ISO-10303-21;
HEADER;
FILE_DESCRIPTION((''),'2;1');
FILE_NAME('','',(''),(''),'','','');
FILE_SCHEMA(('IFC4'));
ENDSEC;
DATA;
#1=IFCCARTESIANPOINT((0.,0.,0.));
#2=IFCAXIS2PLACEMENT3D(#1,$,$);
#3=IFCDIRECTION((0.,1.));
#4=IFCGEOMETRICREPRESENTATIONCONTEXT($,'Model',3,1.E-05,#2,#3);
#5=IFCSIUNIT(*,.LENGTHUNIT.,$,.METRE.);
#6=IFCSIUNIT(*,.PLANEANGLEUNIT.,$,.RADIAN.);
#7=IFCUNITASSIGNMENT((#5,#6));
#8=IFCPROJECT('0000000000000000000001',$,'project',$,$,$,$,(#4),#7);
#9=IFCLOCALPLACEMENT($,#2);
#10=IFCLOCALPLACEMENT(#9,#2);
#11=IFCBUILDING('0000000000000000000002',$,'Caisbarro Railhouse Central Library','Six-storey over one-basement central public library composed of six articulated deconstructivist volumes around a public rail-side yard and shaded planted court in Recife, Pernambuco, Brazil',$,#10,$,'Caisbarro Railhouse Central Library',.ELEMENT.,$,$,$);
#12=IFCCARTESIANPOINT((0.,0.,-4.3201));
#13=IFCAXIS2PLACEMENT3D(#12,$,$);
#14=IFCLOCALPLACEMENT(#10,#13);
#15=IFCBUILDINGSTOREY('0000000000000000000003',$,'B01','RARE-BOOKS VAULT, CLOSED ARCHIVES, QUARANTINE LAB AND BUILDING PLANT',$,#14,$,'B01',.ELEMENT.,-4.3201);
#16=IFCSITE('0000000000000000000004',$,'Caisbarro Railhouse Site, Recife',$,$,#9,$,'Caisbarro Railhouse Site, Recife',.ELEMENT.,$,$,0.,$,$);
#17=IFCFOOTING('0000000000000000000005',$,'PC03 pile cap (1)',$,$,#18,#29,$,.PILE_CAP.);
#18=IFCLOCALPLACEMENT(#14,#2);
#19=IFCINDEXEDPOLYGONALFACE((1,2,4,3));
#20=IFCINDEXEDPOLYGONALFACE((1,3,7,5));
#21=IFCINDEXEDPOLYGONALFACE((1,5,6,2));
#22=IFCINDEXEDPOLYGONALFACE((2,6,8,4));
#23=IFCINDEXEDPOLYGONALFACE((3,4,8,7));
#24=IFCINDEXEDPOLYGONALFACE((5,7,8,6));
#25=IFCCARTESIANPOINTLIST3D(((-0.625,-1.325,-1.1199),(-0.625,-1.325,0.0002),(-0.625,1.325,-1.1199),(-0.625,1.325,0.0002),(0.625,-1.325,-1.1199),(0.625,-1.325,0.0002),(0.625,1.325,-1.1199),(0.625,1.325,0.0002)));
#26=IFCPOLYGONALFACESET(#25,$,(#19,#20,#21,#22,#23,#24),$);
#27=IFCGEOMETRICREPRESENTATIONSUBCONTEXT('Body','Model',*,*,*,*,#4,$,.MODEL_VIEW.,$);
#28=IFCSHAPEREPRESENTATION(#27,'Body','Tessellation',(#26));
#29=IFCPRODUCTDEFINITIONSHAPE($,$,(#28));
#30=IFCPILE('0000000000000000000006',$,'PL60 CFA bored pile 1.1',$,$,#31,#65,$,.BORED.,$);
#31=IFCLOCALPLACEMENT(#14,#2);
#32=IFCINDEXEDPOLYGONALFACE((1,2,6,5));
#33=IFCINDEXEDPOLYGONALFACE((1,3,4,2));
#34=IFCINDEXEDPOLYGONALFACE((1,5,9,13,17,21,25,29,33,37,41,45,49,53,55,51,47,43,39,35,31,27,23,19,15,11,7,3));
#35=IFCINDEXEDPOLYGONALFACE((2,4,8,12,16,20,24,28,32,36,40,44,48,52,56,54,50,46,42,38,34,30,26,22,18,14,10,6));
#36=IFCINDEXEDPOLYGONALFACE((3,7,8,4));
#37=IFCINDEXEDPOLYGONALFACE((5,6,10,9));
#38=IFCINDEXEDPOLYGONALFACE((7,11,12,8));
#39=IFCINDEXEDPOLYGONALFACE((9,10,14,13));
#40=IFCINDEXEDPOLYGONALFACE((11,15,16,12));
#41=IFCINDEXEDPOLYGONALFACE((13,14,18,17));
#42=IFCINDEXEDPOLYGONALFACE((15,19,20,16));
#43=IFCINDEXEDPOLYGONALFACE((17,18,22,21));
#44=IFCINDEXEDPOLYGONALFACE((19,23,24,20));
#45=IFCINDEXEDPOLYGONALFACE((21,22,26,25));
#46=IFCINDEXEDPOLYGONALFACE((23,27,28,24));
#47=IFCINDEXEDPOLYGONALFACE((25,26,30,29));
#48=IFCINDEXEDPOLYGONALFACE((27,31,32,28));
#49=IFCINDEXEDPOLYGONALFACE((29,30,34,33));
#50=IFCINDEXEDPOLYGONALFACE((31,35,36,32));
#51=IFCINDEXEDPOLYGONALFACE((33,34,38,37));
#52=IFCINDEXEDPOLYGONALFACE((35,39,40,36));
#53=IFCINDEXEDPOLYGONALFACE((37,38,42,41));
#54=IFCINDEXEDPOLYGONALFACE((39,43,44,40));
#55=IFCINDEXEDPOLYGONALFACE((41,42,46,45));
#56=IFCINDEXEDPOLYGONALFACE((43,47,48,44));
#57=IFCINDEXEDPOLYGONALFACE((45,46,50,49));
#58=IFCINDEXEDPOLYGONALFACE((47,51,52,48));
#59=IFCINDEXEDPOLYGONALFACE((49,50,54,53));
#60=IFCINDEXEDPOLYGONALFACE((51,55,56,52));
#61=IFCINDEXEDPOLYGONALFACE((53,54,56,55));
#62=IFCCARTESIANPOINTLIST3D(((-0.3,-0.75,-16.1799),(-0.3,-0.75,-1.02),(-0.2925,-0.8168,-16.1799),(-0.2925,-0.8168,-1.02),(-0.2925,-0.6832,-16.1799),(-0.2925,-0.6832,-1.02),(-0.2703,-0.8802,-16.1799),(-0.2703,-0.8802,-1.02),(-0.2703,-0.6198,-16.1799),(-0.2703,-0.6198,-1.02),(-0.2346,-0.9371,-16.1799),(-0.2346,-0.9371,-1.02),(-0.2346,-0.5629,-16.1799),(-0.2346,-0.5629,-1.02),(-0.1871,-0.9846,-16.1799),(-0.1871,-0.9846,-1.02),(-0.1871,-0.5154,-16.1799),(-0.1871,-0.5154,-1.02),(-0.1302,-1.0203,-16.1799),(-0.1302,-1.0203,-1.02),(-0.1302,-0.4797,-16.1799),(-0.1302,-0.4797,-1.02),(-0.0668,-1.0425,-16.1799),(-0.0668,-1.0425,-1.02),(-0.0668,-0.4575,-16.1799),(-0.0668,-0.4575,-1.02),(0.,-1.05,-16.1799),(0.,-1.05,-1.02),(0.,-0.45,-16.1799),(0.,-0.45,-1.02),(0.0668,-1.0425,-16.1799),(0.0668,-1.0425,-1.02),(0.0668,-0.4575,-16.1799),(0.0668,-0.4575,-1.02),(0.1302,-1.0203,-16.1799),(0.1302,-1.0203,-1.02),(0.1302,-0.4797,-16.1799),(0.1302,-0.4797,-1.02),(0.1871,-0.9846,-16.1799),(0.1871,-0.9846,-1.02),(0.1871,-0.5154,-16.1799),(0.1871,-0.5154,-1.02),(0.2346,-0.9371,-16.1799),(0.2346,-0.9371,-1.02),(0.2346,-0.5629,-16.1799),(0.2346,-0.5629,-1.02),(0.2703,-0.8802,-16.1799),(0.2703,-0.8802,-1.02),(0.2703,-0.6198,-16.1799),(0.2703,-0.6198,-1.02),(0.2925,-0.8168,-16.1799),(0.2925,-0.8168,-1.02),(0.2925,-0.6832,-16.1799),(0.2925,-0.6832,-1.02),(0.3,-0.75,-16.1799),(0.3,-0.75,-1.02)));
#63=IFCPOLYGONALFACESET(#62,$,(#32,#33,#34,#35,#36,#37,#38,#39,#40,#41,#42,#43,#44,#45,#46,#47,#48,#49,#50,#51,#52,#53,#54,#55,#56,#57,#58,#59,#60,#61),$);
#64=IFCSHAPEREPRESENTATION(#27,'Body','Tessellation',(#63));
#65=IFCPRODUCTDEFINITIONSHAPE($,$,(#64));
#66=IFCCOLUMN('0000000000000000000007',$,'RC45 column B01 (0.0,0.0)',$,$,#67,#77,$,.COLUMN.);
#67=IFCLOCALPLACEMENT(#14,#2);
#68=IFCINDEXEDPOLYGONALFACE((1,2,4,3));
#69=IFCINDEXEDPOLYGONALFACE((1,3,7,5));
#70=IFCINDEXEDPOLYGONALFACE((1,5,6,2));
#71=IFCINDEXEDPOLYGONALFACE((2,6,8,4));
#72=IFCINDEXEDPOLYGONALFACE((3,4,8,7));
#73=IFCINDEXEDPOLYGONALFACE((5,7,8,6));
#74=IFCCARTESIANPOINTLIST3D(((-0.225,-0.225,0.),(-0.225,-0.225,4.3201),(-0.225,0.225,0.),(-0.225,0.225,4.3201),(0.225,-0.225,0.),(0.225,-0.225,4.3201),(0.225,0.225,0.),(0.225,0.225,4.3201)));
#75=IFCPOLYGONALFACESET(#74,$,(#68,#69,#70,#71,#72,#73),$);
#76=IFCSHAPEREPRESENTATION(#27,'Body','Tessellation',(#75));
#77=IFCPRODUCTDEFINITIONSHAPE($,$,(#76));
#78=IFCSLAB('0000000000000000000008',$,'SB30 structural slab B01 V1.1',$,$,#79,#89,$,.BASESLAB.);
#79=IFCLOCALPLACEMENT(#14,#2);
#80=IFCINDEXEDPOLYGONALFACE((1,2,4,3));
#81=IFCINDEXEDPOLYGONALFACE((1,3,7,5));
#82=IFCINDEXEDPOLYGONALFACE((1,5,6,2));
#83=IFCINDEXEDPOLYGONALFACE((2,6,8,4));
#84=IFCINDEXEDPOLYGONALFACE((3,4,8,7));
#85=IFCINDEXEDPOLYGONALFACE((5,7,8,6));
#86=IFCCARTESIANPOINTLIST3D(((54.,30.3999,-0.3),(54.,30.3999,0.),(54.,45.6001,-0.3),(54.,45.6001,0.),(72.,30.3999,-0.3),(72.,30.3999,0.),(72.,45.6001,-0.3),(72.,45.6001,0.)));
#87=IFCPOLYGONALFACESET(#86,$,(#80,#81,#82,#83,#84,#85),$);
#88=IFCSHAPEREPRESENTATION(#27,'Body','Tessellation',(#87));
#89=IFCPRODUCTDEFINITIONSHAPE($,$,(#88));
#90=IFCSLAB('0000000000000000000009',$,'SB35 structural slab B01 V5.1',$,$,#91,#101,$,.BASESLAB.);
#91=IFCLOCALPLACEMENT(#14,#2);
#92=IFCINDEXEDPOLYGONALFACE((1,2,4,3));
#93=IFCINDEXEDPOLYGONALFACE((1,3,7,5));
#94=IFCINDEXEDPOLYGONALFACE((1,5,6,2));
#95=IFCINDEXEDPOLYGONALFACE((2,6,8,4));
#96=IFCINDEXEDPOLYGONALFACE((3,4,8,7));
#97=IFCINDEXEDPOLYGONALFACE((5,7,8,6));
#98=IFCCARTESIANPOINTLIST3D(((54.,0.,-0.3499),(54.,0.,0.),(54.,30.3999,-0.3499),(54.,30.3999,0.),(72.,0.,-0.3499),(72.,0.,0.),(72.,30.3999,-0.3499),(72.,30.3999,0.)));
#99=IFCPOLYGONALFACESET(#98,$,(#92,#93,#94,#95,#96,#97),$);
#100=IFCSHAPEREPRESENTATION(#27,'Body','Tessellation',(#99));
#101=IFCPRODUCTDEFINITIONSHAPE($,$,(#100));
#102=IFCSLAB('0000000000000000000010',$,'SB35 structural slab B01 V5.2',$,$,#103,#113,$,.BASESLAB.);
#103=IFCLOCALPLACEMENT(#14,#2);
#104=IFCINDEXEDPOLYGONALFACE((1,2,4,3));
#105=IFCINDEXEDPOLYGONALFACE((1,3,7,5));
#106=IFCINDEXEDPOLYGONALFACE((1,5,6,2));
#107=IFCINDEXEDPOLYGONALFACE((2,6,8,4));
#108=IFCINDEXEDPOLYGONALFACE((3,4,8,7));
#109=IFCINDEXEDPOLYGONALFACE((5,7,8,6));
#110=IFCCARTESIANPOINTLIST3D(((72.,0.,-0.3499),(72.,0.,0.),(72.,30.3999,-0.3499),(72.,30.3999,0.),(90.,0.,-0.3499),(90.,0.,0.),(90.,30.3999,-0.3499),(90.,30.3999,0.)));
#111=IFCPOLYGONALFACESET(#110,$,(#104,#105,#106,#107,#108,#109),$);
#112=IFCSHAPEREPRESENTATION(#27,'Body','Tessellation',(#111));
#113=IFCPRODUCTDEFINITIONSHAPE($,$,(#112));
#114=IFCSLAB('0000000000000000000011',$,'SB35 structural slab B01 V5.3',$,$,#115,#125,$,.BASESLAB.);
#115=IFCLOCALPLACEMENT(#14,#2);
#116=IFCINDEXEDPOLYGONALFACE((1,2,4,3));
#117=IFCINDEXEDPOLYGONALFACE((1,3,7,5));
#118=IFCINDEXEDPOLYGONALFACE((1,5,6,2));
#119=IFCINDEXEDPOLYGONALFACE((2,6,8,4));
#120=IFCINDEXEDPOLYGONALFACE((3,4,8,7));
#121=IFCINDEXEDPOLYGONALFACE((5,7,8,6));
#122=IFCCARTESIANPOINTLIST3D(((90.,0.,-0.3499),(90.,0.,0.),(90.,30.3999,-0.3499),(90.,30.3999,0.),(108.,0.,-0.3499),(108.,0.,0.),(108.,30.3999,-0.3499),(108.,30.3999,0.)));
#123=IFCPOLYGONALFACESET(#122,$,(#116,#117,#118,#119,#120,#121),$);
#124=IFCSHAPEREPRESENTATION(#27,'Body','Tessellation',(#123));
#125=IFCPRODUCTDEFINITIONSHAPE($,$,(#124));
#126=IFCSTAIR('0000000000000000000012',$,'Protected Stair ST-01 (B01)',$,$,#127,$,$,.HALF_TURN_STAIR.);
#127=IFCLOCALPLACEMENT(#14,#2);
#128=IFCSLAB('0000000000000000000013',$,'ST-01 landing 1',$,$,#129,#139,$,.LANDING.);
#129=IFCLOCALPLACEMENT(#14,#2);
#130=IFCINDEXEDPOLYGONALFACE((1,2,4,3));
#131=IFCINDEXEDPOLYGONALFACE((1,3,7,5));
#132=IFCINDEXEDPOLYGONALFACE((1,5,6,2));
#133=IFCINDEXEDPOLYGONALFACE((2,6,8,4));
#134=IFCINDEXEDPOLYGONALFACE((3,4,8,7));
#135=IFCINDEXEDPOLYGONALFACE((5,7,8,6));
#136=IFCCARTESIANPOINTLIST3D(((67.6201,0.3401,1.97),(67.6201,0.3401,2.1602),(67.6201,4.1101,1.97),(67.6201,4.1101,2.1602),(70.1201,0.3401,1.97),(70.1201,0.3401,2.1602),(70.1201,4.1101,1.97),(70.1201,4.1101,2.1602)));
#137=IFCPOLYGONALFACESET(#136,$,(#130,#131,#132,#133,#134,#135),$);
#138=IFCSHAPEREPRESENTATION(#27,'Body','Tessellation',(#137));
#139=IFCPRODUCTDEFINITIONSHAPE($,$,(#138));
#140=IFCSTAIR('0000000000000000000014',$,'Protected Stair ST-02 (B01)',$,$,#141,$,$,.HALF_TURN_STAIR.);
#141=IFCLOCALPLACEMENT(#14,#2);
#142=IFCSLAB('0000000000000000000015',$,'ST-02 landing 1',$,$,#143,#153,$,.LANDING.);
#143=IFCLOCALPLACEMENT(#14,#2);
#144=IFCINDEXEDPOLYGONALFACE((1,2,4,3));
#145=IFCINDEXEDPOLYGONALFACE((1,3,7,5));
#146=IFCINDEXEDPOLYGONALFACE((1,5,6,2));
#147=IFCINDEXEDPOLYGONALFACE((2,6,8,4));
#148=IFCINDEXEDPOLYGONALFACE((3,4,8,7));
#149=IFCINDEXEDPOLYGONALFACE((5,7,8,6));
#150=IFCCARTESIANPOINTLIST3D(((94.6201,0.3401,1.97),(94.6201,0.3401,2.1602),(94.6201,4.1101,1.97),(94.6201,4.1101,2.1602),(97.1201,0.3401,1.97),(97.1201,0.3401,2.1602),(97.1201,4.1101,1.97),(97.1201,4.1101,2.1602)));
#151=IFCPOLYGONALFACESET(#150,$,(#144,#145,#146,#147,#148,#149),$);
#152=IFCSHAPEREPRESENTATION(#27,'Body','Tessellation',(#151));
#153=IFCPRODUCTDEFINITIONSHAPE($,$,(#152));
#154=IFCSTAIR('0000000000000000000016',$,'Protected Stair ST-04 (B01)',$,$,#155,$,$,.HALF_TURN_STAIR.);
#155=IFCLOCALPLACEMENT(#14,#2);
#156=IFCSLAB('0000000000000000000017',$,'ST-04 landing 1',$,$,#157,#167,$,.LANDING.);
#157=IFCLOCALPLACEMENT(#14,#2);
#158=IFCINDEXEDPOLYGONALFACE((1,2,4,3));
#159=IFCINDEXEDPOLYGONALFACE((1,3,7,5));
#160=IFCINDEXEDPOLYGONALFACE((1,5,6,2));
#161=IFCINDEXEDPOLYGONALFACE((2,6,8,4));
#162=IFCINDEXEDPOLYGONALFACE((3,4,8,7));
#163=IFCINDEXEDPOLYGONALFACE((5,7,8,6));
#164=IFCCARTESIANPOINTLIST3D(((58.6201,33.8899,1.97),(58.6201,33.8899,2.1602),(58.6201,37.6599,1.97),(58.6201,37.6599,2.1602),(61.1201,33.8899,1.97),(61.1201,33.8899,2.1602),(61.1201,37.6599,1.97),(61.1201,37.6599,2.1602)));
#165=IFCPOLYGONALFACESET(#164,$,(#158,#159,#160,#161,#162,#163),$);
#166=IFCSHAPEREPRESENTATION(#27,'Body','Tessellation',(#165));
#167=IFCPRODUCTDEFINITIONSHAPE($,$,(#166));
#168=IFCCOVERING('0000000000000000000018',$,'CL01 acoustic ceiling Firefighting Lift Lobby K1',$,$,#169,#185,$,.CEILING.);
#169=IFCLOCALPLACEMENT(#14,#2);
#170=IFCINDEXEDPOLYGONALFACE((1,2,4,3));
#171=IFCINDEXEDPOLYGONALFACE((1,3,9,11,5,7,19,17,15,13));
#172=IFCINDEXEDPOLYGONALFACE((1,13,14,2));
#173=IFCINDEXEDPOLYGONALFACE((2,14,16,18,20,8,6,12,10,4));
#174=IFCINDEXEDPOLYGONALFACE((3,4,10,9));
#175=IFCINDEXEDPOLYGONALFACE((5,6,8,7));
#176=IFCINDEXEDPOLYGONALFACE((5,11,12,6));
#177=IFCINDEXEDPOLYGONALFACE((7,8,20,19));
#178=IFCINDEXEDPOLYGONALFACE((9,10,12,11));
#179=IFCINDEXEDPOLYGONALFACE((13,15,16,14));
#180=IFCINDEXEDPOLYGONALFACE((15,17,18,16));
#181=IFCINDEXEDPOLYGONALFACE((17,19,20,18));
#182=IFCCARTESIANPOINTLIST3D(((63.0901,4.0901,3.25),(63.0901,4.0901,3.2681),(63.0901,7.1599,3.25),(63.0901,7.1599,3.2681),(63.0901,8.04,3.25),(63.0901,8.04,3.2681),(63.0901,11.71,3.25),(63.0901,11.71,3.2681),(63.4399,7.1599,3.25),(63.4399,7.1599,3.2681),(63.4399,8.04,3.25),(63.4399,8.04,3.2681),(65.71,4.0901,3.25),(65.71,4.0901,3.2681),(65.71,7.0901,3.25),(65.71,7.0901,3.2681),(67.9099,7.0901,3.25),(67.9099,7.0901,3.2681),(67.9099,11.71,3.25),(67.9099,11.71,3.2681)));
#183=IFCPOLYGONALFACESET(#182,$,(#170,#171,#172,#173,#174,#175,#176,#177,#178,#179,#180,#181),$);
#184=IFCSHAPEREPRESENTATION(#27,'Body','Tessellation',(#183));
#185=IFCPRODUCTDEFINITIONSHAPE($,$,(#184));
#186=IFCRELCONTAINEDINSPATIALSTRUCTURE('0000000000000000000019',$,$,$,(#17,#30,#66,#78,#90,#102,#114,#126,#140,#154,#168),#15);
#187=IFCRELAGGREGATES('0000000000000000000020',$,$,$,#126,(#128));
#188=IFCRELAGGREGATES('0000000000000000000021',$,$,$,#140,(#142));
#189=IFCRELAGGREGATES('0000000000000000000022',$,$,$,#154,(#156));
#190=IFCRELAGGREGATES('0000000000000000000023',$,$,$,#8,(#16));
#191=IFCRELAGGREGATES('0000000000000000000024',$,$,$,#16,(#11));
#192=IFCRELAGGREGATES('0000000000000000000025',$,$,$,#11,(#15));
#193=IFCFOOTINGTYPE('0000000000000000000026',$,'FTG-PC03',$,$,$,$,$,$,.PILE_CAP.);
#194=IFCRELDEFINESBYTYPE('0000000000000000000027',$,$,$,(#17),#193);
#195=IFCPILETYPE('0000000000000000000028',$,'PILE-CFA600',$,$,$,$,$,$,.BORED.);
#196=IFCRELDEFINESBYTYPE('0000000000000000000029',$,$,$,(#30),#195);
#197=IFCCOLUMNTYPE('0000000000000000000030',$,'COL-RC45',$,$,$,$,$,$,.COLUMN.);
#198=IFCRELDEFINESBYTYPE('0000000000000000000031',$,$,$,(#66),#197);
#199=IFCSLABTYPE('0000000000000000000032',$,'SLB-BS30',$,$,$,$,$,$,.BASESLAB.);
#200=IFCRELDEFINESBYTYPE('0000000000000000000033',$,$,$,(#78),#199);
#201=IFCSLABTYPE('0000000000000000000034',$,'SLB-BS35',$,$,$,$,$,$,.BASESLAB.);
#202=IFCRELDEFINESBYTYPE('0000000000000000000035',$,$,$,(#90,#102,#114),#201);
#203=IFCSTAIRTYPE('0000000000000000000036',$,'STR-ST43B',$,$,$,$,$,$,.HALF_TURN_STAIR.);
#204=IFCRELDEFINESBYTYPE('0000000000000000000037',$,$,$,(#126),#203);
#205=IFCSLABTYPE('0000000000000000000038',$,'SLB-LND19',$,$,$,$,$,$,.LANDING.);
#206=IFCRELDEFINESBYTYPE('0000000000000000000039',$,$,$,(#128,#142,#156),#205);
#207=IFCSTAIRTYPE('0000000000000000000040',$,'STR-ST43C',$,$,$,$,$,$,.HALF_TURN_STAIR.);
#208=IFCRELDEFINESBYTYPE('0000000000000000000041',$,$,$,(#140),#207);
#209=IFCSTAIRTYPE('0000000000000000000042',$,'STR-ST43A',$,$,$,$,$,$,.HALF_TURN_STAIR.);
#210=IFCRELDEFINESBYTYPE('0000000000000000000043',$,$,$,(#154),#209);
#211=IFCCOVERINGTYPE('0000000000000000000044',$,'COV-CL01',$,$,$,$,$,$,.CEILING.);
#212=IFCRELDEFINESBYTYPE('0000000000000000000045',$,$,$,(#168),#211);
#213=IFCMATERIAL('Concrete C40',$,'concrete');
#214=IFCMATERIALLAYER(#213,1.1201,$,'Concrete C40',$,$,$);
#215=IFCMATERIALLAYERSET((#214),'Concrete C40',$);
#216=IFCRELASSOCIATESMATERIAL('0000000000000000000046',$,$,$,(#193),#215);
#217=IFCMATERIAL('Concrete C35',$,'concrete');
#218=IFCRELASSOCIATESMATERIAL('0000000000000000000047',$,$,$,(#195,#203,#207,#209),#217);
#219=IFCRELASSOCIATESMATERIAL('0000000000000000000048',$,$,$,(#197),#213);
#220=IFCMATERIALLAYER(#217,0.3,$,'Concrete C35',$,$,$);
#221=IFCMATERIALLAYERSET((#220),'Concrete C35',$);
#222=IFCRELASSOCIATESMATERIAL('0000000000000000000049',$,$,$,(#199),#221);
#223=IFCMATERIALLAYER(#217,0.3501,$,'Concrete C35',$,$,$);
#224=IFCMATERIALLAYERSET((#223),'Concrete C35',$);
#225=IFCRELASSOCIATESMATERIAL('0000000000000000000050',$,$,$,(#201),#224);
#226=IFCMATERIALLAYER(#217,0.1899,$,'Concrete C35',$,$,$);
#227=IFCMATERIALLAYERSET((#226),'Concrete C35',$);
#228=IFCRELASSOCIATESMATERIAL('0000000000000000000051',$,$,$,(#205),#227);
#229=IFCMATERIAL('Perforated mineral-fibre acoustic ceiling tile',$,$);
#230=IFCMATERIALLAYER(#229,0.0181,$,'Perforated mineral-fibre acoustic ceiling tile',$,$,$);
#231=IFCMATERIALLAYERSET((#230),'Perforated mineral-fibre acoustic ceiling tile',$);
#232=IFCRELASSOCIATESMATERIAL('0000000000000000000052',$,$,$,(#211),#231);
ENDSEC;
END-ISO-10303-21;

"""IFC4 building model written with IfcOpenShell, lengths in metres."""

from ifc_helpers import new_model, si_unit, direction, frame, origin, origin_with_axes, origin_2d, place, context, subcontext, project, spatial, polyline, rectangle, circle, outline, extrude, material, layer, layer_set, material_profile, profile_set, type_object, element, aggregate, save


model = new_model("IFC4")

# Units and contexts
model_context = context("Model", 3, precision=1e-05, world=origin(), true_north=direction((0.0, 1.0)))
body_context = subcontext(model_context, "Body", "Model", "MODEL_VIEW")
ifc_project = project(units=[si_unit("LENGTHUNIT", "METRE"), si_unit("PLANEANGLEUNIT", "RADIAN")], contexts=[model_context])

# Site, building, storey
site_placement = place(None, origin())
site = spatial("IfcSite", under=ifc_project, at=site_placement, Name="Caisbarro Railhouse Site, Recife", LongName="Caisbarro Railhouse Site, Recife", CompositionType="ELEMENT", RefElevation=0.0)
building_placement = place(site_placement, origin())
building = spatial("IfcBuilding", under=site, at=building_placement, Name="Caisbarro Railhouse Central Library", Description="Six-storey over one-basement central public library composed of six articulated deconstructivist volumes around a public rail-side yard and shaded planted court in Recife, Pernambuco, Brazil", LongName="Caisbarro Railhouse Central Library", CompositionType="ELEMENT")
storey_placement = place(building_placement, frame((0.0, 0.0, -4.3201)))
storey = spatial("IfcBuildingStorey", under=building, at=storey_placement, Name="B01", Description="RARE-BOOKS VAULT, CLOSED ARCHIVES, QUARANTINE LAB AND BUILDING PLANT", LongName="B01", CompositionType="ELEMENT", Elevation=-4.3201)

# Footing
ifc_material_1 = material(Name="Concrete C40", Category="concrete")
ifc_layer_1 = layer(ifc_material_1, 1.1201, Name="Concrete C40")
ifc_layer_set_1 = layer_set([ifc_layer_1], Name="Concrete C40")
footing_type = type_object("IfcFootingType", Name="FTG-PC03", PredefinedType="PILE_CAP", material=ifc_layer_set_1)
footing_placement = place(storey_placement, frame((0.0, 0.0, -1.1199), z_axis=(0.0, 0.0, 1.0), x_axis=(1.0, 0.0, 0.0)))
element("IfcFooting", 1, at=footing_placement, inside=storey, type_object=footing_type, Name="PC03 pile cap (1)", PredefinedType="PILE_CAP", context=body_context, shape_type="SweptSolid", body=[
    extrude(rectangle(XDim=1.25, YDim=2.6499, at=origin_2d()), origin(), (0.0, 0.0, 1.0), 1.1201),
])

# Pile
ifc_material_2 = material(Name="Concrete C35", Category="concrete")
ifc_material_profile_1 = material_profile(ifc_material_2, circle(Radius=0.3, at=origin_2d()), Name="PILE-CFA-600")
ifc_profile_set_1 = profile_set([ifc_material_profile_1], Name="Concrete C35")
pile_type = type_object("IfcPileType", Name="PILE-CFA600", PredefinedType="BORED", material=ifc_profile_set_1)
pile_placement = place(storey_placement, frame((0.0, -0.75, -1.02), z_axis=(0.0, 0.0, -1.0), x_axis=(1.0, 0.0, 0.0)))
element("IfcPile", 2, at=pile_placement, inside=storey, type_object=pile_type, Name="PL60 CFA bored pile 1.1", PredefinedType="BORED", context=body_context, shape_type="SweptSolid", body=[
    extrude(circle(Radius=0.3, at=origin_2d()), origin(), (0.0, 0.0, 1.0), 15.1599),
])

# Column
ifc_material_profile_2 = material_profile(ifc_material_1, rectangle(XDim=0.45, YDim=0.45, at=origin_2d()), Name="RC-COL-450X450")
ifc_profile_set_2 = profile_set([ifc_material_profile_2], Name="Concrete C40")
column_type = type_object("IfcColumnType", Name="COL-RC45", PredefinedType="COLUMN", material=ifc_profile_set_2)
column_placement = place(storey_placement, origin_with_axes())
element("IfcColumn", 3, at=column_placement, inside=storey, type_object=column_type, Name="RC45 column B01 (0.0,0.0)", PredefinedType="COLUMN", context=body_context, shape_type="SweptSolid", body=[
    extrude(rectangle(XDim=0.45, YDim=0.45, at=origin_2d()), origin(), (0.0, 0.0, 1.0), 4.3201),
])

# Slabs
ifc_layer_2 = layer(ifc_material_2, 0.3, Name="Concrete C35")
ifc_layer_set_2 = layer_set([ifc_layer_2], Name="Concrete C35")
slab_type_1 = type_object("IfcSlabType", Name="SLB-BS30", PredefinedType="BASESLAB", material=ifc_layer_set_2)
slab_1_placement = place(storey_placement, frame((0.0, 0.0, -0.3)))
element("IfcSlab", 4, at=slab_1_placement, inside=storey, type_object=slab_type_1, Name="SB30 structural slab B01 V1.1", PredefinedType="BASESLAB", context=body_context, shape_type="SweptSolid", body=[
    extrude(outline(polyline([(54.0, 30.3999), (72.0, 30.3999), (72.0, 45.6001), (54.0, 45.6001), (54.0, 30.3999)])), origin(), (0.0, 0.0, 1.0), 0.3),
])
ifc_layer_3 = layer(ifc_material_2, 0.3501, Name="Concrete C35")
ifc_layer_set_3 = layer_set([ifc_layer_3], Name="Concrete C35")
slab_type_2 = type_object("IfcSlabType", Name="SLB-BS35", PredefinedType="BASESLAB", material=ifc_layer_set_3)
slab_2_placement = place(storey_placement, frame((0.0, 0.0, -0.3499)))
element("IfcSlab", 5, at=slab_2_placement, inside=storey, type_object=slab_type_2, Name="SB35 structural slab B01 V5.1", PredefinedType="BASESLAB", context=body_context, shape_type="SweptSolid", body=[
    extrude(outline(polyline([(54.0, 0.0), (72.0, 0.0), (72.0, 30.3999), (54.0, 30.3999), (54.0, 0.0)])), origin(), (0.0, 0.0, 1.0), 0.3499),
])
slab_3_placement = place(storey_placement, frame((0.0, 0.0, -0.3499)))
element("IfcSlab", 6, at=slab_3_placement, inside=storey, type_object=slab_type_2, Name="SB35 structural slab B01 V5.2", PredefinedType="BASESLAB", context=body_context, shape_type="SweptSolid", body=[
    extrude(outline(polyline([(72.0, 0.0), (90.0, 0.0), (90.0, 30.3999), (72.0, 30.3999), (72.0, 0.0)])), origin(), (0.0, 0.0, 1.0), 0.3499),
])
slab_4_placement = place(storey_placement, frame((0.0, 0.0, -0.3499)))
element("IfcSlab", 7, at=slab_4_placement, inside=storey, type_object=slab_type_2, Name="SB35 structural slab B01 V5.3", PredefinedType="BASESLAB", context=body_context, shape_type="SweptSolid", body=[
    extrude(outline(polyline([(90.0, 0.0), (108.0, 0.0), (108.0, 30.3999), (90.0, 30.3999), (90.0, 0.0)])), origin(), (0.0, 0.0, 1.0), 0.3499),
])

# Stairs, slabs
stair_type_1 = type_object("IfcStairType", Name="STR-ST43B", PredefinedType="HALF_TURN_STAIR", material=ifc_material_2)
stair_1_placement = place(storey_placement, origin())
stair_1 = element("IfcStair", 8, at=stair_1_placement, inside=storey, type_object=stair_type_1, Name="Protected Stair ST-01 (B01)", PredefinedType="HALF_TURN_STAIR")
ifc_layer_4 = layer(ifc_material_2, 0.1899, Name="Concrete C35")
ifc_layer_set_4 = layer_set([ifc_layer_4], Name="Concrete C35")
slab_type_3 = type_object("IfcSlabType", Name="SLB-LND19", PredefinedType="LANDING", material=ifc_layer_set_4)
slab_5_placement = place(storey_placement, frame((0.0, 0.0, 1.97)))
slab_5 = element("IfcSlab", 9, at=slab_5_placement, type_object=slab_type_3, Name="ST-01 landing 1", PredefinedType="LANDING", context=body_context, shape_type="SweptSolid", body=[
    extrude(outline(polyline([(67.6201, 0.3401), (70.1201, 0.3401), (70.1201, 4.1101), (67.6201, 4.1101), (67.6201, 0.3401)])), origin(), (0.0, 0.0, 1.0), 0.1902),
])
aggregate(stair_1, [slab_5])
stair_type_2 = type_object("IfcStairType", Name="STR-ST43C", PredefinedType="HALF_TURN_STAIR", material=ifc_material_2)
stair_2_placement = place(storey_placement, origin())
stair_2 = element("IfcStair", 10, at=stair_2_placement, inside=storey, type_object=stair_type_2, Name="Protected Stair ST-02 (B01)", PredefinedType="HALF_TURN_STAIR")
slab_6_placement = place(storey_placement, frame((0.0, 0.0, 1.97)))
slab_6 = element("IfcSlab", 11, at=slab_6_placement, type_object=slab_type_3, Name="ST-02 landing 1", PredefinedType="LANDING", context=body_context, shape_type="SweptSolid", body=[
    extrude(outline(polyline([(94.6201, 0.3401), (97.1201, 0.3401), (97.1201, 4.1101), (94.6201, 4.1101), (94.6201, 0.3401)])), origin(), (0.0, 0.0, 1.0), 0.1902),
])
aggregate(stair_2, [slab_6])
stair_type_3 = type_object("IfcStairType", Name="STR-ST43A", PredefinedType="HALF_TURN_STAIR", material=ifc_material_2)
stair_3_placement = place(storey_placement, origin())
stair_3 = element("IfcStair", 12, at=stair_3_placement, inside=storey, type_object=stair_type_3, Name="Protected Stair ST-04 (B01)", PredefinedType="HALF_TURN_STAIR")
slab_7_placement = place(storey_placement, frame((0.0, 0.0, 1.97)))
slab_7 = element("IfcSlab", 13, at=slab_7_placement, type_object=slab_type_3, Name="ST-04 landing 1", PredefinedType="LANDING", context=body_context, shape_type="SweptSolid", body=[
    extrude(outline(polyline([(58.6201, 33.8899), (61.1201, 33.8899), (61.1201, 37.6599), (58.6201, 37.6599), (58.6201, 33.8899)])), origin(), (0.0, 0.0, 1.0), 0.1902),
])
aggregate(stair_3, [slab_7])

# Covering
ifc_material_3 = material(Name="Perforated mineral-fibre acoustic ceiling tile")
ifc_layer_5 = layer(ifc_material_3, 0.0181, Name="Perforated mineral-fibre acoustic ceiling tile")
ifc_layer_set_5 = layer_set([ifc_layer_5], Name="Perforated mineral-fibre acoustic ceiling tile")
covering_type_1 = type_object("IfcCoveringType", Name="COV-CL01", PredefinedType="CEILING", material=ifc_layer_set_5)
covering_1_placement = place(storey_placement, frame((0.0, 0.0, 3.25)))
element("IfcCovering", 14, at=covering_1_placement, inside=storey, type_object=covering_type_1, Name="CL01 acoustic ceiling Firefighting Lift Lobby K1", PredefinedType="CEILING", context=body_context, shape_type="SweptSolid", body=[
    extrude(outline(polyline([(63.0901, 7.1599), (63.4399, 7.1599), (63.4399, 8.04), (63.0901, 8.04), (63.0901, 11.71), (67.9099, 11.71), (67.9099, 7.0901), (65.71, 7.0901), (65.71, 4.0901), (63.0901, 4.0901), (63.0901, 7.1599)])), origin(), (0.0, 0.0, 1.0), 0.0181),
])

save(model, "model.ifc")
